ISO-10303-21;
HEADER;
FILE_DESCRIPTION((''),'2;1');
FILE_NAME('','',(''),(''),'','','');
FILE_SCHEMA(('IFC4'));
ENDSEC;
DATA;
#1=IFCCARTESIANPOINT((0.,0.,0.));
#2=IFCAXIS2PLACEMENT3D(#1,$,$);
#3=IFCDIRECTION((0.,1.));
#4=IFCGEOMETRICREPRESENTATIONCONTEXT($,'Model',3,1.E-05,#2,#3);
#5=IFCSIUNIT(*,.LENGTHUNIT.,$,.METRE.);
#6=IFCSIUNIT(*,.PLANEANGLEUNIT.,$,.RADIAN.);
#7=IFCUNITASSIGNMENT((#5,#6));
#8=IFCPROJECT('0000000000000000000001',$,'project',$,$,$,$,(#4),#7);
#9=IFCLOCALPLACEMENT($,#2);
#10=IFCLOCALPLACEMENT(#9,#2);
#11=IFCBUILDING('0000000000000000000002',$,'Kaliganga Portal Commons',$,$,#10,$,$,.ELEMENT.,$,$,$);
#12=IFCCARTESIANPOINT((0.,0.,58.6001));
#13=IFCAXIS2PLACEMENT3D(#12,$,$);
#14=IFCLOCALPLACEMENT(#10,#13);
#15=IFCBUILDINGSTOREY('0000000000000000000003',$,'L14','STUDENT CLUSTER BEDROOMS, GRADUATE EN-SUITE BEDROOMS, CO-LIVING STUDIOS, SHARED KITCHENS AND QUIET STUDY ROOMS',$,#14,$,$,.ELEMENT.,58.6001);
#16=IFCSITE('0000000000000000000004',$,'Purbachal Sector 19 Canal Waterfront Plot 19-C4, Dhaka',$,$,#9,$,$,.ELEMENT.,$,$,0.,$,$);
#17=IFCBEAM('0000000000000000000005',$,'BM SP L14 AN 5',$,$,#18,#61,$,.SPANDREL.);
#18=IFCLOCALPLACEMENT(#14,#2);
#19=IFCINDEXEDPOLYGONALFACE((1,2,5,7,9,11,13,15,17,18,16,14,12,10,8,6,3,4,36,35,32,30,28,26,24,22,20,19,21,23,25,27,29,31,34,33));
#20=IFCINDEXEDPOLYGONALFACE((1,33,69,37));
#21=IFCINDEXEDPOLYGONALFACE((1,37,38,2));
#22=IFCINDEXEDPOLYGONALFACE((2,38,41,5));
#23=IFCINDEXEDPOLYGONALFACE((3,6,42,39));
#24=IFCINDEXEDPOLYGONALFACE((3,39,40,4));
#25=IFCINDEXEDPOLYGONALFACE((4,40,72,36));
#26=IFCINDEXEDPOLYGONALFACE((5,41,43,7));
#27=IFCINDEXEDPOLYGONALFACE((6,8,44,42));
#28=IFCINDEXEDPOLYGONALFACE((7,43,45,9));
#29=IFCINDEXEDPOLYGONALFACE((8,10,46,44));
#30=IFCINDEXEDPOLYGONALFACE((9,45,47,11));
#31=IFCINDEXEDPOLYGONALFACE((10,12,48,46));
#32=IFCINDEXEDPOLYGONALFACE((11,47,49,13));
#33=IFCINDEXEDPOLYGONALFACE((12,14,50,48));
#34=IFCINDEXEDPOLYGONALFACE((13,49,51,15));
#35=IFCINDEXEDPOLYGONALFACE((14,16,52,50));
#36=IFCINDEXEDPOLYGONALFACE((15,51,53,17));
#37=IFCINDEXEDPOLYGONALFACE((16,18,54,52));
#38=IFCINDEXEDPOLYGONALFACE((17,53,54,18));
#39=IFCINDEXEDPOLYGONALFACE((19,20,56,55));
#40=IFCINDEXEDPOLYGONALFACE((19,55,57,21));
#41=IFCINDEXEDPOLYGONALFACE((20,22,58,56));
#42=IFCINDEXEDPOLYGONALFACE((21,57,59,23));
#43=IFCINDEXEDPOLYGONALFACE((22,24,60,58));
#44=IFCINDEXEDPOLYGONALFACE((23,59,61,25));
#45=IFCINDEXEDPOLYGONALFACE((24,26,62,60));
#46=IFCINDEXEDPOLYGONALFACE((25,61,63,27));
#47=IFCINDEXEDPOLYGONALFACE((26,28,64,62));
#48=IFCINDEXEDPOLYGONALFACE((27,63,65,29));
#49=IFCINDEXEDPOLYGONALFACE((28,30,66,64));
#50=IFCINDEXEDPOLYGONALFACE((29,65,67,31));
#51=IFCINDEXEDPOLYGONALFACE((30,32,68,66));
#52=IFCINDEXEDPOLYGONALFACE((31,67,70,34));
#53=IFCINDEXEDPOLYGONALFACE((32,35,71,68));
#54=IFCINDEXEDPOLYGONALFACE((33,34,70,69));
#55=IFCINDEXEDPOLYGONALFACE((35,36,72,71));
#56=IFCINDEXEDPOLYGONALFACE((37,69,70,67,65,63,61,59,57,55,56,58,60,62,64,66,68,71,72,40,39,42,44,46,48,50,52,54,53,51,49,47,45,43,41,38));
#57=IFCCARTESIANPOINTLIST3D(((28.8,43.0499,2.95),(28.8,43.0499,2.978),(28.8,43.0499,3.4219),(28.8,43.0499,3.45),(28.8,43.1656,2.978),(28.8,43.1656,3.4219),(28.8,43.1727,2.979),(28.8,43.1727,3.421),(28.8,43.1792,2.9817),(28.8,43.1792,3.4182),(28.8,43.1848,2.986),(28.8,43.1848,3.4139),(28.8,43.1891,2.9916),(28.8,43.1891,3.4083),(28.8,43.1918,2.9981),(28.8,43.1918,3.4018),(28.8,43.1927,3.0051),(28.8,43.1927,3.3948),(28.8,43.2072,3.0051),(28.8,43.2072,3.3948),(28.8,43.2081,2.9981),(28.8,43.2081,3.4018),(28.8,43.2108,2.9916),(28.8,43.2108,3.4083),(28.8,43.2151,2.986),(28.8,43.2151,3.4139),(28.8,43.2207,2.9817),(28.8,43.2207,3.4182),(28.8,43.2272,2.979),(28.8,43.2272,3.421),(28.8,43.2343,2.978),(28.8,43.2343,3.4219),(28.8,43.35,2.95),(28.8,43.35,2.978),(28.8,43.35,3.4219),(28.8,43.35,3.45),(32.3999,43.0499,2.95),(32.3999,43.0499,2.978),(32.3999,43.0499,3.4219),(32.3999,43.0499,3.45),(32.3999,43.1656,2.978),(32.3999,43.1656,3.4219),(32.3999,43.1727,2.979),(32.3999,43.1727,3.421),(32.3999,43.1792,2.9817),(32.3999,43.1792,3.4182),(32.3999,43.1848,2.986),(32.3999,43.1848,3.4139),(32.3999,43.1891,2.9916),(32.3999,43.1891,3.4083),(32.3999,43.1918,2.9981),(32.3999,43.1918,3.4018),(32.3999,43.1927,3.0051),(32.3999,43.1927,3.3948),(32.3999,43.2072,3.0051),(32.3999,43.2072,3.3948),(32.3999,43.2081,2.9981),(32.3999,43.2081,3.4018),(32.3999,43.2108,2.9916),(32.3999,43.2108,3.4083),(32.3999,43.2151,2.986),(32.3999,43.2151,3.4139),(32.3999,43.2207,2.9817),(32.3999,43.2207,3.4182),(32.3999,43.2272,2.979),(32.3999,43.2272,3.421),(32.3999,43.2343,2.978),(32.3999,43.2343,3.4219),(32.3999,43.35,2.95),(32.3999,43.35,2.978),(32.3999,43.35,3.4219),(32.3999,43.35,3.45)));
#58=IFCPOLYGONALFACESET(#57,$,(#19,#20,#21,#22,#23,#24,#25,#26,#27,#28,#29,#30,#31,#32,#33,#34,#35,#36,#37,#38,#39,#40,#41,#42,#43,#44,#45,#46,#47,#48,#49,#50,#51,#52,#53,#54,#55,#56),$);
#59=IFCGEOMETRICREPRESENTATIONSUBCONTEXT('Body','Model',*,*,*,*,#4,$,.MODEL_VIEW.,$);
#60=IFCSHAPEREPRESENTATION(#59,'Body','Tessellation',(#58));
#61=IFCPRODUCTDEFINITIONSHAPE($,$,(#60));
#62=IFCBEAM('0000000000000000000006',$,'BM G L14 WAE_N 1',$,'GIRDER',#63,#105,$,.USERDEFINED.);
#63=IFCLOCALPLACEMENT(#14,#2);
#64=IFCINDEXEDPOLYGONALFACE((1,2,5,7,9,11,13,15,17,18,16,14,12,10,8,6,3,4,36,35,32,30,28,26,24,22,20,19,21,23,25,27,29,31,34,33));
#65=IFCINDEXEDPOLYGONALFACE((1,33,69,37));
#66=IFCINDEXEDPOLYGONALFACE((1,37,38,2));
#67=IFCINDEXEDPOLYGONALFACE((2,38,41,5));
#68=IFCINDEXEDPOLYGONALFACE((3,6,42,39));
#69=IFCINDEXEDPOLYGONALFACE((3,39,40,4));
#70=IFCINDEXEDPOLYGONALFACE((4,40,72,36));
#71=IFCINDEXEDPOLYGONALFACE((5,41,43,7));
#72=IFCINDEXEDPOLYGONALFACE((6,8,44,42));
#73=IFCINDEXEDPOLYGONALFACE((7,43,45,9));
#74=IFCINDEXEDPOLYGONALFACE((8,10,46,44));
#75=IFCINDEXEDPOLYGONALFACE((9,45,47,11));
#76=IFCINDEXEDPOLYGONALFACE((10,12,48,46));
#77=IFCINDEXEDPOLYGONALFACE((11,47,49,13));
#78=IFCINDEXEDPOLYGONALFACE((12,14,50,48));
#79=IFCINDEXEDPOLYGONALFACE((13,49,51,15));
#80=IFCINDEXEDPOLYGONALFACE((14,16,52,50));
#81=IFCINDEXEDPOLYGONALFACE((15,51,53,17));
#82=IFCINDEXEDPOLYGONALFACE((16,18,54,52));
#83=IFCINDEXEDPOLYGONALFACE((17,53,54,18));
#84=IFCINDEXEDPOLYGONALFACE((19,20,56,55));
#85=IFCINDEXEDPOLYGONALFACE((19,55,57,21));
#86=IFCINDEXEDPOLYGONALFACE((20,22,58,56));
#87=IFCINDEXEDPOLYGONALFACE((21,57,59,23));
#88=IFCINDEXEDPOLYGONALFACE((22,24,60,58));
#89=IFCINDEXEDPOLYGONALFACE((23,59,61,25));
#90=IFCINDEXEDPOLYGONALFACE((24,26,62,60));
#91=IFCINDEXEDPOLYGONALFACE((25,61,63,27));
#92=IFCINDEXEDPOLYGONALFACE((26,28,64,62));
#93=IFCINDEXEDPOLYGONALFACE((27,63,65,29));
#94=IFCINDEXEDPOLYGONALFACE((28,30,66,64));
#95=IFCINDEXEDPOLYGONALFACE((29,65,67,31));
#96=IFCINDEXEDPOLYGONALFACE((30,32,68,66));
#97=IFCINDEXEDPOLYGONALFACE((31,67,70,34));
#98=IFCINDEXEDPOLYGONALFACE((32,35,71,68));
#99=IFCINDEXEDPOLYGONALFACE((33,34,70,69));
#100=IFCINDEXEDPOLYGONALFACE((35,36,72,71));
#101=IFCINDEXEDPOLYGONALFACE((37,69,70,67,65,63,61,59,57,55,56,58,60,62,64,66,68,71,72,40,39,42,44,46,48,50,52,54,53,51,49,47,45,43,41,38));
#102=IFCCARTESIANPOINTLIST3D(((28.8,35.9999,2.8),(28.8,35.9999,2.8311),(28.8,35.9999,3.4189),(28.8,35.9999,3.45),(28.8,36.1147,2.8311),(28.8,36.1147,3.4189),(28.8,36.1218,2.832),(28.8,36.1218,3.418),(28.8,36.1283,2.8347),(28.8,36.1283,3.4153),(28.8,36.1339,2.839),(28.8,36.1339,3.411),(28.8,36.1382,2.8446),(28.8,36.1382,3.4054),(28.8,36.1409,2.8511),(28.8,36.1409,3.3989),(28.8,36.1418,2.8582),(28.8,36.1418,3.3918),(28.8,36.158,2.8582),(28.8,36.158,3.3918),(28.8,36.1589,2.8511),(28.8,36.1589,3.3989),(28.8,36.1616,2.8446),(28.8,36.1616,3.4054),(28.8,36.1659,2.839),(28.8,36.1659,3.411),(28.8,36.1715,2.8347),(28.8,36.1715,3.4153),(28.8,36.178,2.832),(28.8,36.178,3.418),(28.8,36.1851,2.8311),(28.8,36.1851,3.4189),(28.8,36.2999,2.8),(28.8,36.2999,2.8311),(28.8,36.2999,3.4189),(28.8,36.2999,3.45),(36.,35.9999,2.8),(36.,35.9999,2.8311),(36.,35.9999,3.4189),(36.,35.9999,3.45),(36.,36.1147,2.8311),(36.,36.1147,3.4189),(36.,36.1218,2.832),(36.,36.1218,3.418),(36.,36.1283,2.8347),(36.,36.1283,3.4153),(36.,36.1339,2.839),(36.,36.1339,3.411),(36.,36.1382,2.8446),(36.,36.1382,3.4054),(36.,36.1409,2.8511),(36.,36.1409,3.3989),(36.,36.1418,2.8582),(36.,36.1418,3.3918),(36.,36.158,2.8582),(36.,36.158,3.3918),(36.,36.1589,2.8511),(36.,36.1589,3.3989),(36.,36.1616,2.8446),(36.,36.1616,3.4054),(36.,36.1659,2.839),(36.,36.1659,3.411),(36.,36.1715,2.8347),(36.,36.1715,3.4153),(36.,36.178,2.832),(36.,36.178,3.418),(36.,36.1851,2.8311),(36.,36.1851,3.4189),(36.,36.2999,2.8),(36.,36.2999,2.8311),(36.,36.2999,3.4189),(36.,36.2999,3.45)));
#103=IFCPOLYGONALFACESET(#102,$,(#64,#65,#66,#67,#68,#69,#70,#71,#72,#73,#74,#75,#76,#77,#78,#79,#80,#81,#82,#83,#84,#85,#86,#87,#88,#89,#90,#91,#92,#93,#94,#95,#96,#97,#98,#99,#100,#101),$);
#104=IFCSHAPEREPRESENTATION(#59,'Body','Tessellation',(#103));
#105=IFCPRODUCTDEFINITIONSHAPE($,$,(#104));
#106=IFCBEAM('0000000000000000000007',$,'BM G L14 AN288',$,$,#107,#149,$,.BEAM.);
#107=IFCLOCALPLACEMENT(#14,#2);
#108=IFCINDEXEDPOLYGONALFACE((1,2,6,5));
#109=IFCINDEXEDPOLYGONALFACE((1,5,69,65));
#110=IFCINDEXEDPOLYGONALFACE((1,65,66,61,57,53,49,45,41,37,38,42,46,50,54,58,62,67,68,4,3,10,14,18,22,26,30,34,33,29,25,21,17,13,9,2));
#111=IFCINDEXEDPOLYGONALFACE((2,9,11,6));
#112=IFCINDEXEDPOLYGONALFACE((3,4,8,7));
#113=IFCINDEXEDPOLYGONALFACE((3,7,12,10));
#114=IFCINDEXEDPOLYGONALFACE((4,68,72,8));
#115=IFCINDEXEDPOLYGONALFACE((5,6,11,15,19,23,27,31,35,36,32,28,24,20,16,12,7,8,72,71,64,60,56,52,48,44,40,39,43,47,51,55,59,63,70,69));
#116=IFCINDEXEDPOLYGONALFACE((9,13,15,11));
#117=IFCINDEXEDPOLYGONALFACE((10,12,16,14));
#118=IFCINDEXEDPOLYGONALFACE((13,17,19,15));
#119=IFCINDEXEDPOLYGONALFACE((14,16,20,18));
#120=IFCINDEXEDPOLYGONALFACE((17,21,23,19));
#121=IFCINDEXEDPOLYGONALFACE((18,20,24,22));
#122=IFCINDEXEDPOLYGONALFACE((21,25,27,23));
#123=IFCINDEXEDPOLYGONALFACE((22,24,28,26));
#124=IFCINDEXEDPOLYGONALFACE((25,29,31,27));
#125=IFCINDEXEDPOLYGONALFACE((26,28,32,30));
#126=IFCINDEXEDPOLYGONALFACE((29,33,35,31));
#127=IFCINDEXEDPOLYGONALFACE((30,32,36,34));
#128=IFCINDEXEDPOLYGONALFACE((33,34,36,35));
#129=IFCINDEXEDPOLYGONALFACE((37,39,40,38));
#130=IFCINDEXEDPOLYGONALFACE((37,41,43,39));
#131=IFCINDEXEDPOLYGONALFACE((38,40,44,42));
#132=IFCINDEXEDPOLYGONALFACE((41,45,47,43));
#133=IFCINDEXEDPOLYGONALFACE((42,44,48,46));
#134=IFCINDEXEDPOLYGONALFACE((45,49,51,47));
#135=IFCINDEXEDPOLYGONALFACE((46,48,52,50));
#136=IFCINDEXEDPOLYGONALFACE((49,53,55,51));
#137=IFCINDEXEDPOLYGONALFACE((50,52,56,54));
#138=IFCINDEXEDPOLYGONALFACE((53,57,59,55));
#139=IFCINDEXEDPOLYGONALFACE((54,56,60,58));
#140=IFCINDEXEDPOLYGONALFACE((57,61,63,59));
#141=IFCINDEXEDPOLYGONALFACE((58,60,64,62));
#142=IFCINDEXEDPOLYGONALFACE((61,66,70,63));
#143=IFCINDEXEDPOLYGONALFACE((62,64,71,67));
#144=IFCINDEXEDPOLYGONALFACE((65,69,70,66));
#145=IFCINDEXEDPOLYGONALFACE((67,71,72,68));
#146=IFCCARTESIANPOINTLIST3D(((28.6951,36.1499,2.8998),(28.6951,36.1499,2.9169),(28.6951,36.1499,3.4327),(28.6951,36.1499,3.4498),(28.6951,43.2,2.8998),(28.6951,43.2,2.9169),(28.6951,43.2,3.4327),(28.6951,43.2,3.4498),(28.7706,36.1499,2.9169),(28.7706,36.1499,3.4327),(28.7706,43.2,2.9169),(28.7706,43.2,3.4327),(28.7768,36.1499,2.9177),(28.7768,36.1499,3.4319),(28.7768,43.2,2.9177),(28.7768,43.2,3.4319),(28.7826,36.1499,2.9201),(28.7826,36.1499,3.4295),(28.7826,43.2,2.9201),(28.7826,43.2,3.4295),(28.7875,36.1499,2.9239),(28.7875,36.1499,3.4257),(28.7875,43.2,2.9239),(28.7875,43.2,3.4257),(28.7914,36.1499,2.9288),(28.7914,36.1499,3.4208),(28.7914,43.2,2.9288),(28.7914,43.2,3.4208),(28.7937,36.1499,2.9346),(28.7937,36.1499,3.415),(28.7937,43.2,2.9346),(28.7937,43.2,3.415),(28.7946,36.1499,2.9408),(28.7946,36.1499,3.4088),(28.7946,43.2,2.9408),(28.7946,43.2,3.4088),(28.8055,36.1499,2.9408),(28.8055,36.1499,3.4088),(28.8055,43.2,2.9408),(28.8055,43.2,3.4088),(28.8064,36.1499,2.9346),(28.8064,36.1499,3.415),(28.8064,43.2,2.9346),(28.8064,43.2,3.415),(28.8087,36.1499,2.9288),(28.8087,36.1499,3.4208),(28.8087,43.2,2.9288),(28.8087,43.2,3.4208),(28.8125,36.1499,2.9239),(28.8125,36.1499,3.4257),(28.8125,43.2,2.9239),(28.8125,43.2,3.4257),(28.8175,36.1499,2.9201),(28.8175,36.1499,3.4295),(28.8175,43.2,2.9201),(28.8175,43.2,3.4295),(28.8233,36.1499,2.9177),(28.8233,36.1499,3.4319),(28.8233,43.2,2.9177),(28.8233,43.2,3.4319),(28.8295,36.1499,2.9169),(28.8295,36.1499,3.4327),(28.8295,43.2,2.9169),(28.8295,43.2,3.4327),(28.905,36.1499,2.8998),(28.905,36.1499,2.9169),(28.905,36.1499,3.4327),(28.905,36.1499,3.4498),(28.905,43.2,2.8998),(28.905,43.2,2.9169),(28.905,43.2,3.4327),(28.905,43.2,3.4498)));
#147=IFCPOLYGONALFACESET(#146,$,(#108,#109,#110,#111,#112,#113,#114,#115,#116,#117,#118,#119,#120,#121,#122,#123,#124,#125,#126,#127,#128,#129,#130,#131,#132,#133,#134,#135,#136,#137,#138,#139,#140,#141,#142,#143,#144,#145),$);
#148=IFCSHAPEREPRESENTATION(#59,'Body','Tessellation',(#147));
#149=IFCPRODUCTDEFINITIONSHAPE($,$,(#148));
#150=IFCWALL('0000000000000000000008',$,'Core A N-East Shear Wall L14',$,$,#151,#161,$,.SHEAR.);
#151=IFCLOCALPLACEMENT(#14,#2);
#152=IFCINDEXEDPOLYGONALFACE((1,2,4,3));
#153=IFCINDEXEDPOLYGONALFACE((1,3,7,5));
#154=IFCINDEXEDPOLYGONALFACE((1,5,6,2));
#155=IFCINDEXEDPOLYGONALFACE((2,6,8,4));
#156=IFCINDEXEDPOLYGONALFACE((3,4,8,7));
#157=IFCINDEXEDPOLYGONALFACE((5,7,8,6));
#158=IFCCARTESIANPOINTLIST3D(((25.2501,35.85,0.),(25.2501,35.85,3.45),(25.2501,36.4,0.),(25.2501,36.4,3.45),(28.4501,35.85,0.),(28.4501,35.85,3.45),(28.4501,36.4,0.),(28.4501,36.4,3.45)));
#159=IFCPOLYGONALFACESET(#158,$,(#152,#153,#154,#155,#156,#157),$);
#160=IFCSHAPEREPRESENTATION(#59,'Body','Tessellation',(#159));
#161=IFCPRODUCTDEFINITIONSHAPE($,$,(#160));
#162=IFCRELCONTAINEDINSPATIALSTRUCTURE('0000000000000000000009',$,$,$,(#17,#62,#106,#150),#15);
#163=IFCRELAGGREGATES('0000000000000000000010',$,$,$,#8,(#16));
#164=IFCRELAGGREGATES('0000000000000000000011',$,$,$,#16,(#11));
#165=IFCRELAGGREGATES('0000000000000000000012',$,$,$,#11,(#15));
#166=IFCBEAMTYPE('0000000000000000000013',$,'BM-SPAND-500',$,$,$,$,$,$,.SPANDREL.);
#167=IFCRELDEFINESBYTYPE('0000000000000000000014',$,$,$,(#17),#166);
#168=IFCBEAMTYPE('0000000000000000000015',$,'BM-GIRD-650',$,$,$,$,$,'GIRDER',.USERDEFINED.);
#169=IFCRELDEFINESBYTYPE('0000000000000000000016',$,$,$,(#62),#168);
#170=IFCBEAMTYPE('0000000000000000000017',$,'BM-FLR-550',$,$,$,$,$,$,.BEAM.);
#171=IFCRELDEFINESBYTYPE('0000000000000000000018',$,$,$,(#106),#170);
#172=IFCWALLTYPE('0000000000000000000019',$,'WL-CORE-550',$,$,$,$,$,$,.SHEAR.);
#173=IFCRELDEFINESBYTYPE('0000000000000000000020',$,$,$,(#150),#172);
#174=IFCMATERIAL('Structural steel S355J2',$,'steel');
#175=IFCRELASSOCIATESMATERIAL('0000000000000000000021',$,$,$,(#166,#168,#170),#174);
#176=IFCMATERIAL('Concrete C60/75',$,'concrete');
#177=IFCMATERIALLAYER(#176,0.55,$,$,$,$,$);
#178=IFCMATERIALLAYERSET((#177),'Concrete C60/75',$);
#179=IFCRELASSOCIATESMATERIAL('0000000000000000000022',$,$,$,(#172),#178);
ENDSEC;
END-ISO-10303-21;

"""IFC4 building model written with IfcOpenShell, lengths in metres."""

from ifc_helpers import new_model, si_unit, direction, frame, frame_2d, origin, origin_2d, place, context, subcontext, project, spatial, rectangle, i_section, extrude, source, transform, mapped, material, layer, layer_set, material_profile, profile_set, type_object, element, save


model = new_model("IFC4")

# Units and contexts
model_context = context("Model", 3, precision=1e-05, world=origin(), true_north=direction((0.0, 1.0)))
body_context = subcontext(model_context, "Body", "Model", "MODEL_VIEW")
ifc_project = project(units=[si_unit("LENGTHUNIT", "METRE"), si_unit("PLANEANGLEUNIT", "RADIAN")], contexts=[model_context])

# Site, building, storey
site_placement = place(None, origin())
site = spatial("IfcSite", under=ifc_project, at=site_placement, Name="Purbachal Sector 19 Canal Waterfront Plot 19-C4, Dhaka", CompositionType="ELEMENT", RefElevation=0.0)
building_placement = place(site_placement, origin())
building = spatial("IfcBuilding", under=site, at=building_placement, Name="Kaliganga Portal Commons", CompositionType="ELEMENT")
storey_placement = place(building_placement, frame((0.0, 0.0, 58.6001)))
storey = spatial("IfcBuildingStorey", under=building, at=storey_placement, Name="L14", Description="STUDENT CLUSTER BEDROOMS, GRADUATE EN-SUITE BEDROOMS, CO-LIVING STUDIOS, SHARED KITCHENS AND QUIET STUDY ROOMS", CompositionType="ELEMENT", Elevation=58.6001)

# Beams
ifc_material_1 = material(Name="Structural steel S355J2", Category="steel")
ifc_material_profile_1 = material_profile(ifc_material_1, i_section(OverallWidth=0.3, OverallDepth=0.5, WebThickness=0.0144, FlangeThickness=0.0281, FilletRadius=0.0271, at=origin_2d()), Name="HE 500 B")
ifc_profile_set_1 = profile_set([ifc_material_profile_1], Name="Structural steel S355J2 wide-flange")
beam_type_1 = type_object("IfcBeamType", Name="BM-SPAND-500", PredefinedType="SPANDREL", material=ifc_profile_set_1)
shared_shape_1 = source(origin(), body_context, "Body", "SweptSolid", [
    extrude(i_section(OverallWidth=0.3, OverallDepth=0.5, WebThickness=0.0144, FlangeThickness=0.0281, FilletRadius=0.0271, at=origin_2d()), origin(), (0.0, 0.0, 1.0), 3.5999),
])
for number, where, z_axis, x_axis, name in (
    (1, (28.8, 43.2, 3.2), (1.0, 0.0, 0.0), (0.0, 1.0, 0.0), "BM SP L14 AN 5"),
):
    element("IfcBeam", number, at=place(storey_placement, frame(where, z_axis=z_axis, x_axis=x_axis)), inside=storey, type_object=beam_type_1, Name=name, PredefinedType="SPANDREL", context=body_context, shape_type="MappedRepresentation", body=[
        mapped(shared_shape_1, transform((0.0, 0.0, 0.0), x_axis=(1.0, 0.0, 0.0), y_axis=(0.0, 1.0, 0.0), z_axis=(0.0, 0.0, 1.0), scale=1.0)),
    ])
ifc_material_profile_2 = material_profile(ifc_material_1, i_section(OverallWidth=0.3, OverallDepth=0.6499, WebThickness=0.0161, FlangeThickness=0.031, FilletRadius=0.0271, at=origin_2d()), Name="HE 650 B")
ifc_profile_set_2 = profile_set([ifc_material_profile_2], Name="Structural steel S355J2 wide-flange")
beam_type_2 = type_object("IfcBeamType", Name="BM-GIRD-650", ElementType="GIRDER", PredefinedType="USERDEFINED", material=ifc_profile_set_2)
shared_shape_2 = source(origin(), body_context, "Body", "SweptSolid", [
    extrude(i_section(OverallWidth=0.3, OverallDepth=0.6499, WebThickness=0.0161, FlangeThickness=0.031, FilletRadius=0.0271, at=origin_2d()), origin(), (0.0, 0.0, 1.0), 7.2),
])
beam_1_placement = place(storey_placement, frame((28.8, 36.1499, 3.125), z_axis=(1.0, 0.0, 0.0), x_axis=(0.0, 1.0, 0.0)))
element("IfcBeam", 2, at=beam_1_placement, inside=storey, type_object=beam_type_2, Name="BM G L14 WAE_N 1", ObjectType="GIRDER", PredefinedType="USERDEFINED", context=body_context, shape_type="MappedRepresentation", body=[
    mapped(shared_shape_2, transform((0.0, 0.0, 0.0), x_axis=(1.0, 0.0, 0.0), y_axis=(0.0, 1.0, 0.0), z_axis=(0.0, 0.0, 1.0), scale=1.0)),
])
ifc_material_profile_3 = material_profile(ifc_material_1, i_section(OverallWidth=0.21, OverallDepth=0.55, WebThickness=0.011, FlangeThickness=0.0171, FilletRadius=0.0239, at=origin_2d()), Name="IPE 550")
ifc_profile_set_3 = profile_set([ifc_material_profile_3], Name="Structural steel S355J2 wide-flange")
beam_type_3 = type_object("IfcBeamType", Name="BM-FLR-550", PredefinedType="BEAM", material=ifc_profile_set_3)
shared_shape_3 = source(origin(), body_context, "Body", "SweptSolid", [
    extrude(i_section(OverallWidth=0.21, OverallDepth=0.55, WebThickness=0.011, FlangeThickness=0.0171, FilletRadius=0.0239, at=origin_2d()), origin(), (0.0, 0.0, 1.0), 7.05),
])
beam_2_placement = place(storey_placement, frame((28.8, 36.1499, 3.1748), z_axis=(0.0, 1.0, 0.0), x_axis=(-1.0, 0.0, 0.0)))
element("IfcBeam", 3, at=beam_2_placement, inside=storey, type_object=beam_type_3, Name="BM G L14 AN288", PredefinedType="BEAM", context=body_context, shape_type="MappedRepresentation", body=[
    mapped(shared_shape_3, transform((0.0, 0.0, 0.0), x_axis=(1.0, 0.0, 0.0), y_axis=(0.0, 1.0, 0.0), z_axis=(0.0, 0.0, 1.0), scale=1.0)),
])

# Wall
ifc_material_2 = material(Name="Concrete C60/75", Category="concrete")
ifc_layer_1 = layer(ifc_material_2, 0.55)
ifc_layer_set_1 = layer_set([ifc_layer_1], Name="Concrete C60/75")
wall_type_1 = type_object("IfcWallType", Name="WL-CORE-550", PredefinedType="SHEAR", material=ifc_layer_set_1)
wall_1_placement = place(storey_placement, frame((25.25, 36.125, 0.0), z_axis=(0.0, 0.0, 1.0), x_axis=(1.0, 0.0, 0.0)))
element("IfcWall", 4, at=wall_1_placement, inside=storey, type_object=wall_type_1, Name="Core A N-East Shear Wall L14", PredefinedType="SHEAR", context=body_context, shape_type="SweptSolid", body=[
    extrude(rectangle(XDim=3.2, YDim=0.55, at=frame_2d((1.6001, 0.0))), origin(), (0.0, 0.0, 1.0), 3.45),
])

save(model, "model.ifc")
